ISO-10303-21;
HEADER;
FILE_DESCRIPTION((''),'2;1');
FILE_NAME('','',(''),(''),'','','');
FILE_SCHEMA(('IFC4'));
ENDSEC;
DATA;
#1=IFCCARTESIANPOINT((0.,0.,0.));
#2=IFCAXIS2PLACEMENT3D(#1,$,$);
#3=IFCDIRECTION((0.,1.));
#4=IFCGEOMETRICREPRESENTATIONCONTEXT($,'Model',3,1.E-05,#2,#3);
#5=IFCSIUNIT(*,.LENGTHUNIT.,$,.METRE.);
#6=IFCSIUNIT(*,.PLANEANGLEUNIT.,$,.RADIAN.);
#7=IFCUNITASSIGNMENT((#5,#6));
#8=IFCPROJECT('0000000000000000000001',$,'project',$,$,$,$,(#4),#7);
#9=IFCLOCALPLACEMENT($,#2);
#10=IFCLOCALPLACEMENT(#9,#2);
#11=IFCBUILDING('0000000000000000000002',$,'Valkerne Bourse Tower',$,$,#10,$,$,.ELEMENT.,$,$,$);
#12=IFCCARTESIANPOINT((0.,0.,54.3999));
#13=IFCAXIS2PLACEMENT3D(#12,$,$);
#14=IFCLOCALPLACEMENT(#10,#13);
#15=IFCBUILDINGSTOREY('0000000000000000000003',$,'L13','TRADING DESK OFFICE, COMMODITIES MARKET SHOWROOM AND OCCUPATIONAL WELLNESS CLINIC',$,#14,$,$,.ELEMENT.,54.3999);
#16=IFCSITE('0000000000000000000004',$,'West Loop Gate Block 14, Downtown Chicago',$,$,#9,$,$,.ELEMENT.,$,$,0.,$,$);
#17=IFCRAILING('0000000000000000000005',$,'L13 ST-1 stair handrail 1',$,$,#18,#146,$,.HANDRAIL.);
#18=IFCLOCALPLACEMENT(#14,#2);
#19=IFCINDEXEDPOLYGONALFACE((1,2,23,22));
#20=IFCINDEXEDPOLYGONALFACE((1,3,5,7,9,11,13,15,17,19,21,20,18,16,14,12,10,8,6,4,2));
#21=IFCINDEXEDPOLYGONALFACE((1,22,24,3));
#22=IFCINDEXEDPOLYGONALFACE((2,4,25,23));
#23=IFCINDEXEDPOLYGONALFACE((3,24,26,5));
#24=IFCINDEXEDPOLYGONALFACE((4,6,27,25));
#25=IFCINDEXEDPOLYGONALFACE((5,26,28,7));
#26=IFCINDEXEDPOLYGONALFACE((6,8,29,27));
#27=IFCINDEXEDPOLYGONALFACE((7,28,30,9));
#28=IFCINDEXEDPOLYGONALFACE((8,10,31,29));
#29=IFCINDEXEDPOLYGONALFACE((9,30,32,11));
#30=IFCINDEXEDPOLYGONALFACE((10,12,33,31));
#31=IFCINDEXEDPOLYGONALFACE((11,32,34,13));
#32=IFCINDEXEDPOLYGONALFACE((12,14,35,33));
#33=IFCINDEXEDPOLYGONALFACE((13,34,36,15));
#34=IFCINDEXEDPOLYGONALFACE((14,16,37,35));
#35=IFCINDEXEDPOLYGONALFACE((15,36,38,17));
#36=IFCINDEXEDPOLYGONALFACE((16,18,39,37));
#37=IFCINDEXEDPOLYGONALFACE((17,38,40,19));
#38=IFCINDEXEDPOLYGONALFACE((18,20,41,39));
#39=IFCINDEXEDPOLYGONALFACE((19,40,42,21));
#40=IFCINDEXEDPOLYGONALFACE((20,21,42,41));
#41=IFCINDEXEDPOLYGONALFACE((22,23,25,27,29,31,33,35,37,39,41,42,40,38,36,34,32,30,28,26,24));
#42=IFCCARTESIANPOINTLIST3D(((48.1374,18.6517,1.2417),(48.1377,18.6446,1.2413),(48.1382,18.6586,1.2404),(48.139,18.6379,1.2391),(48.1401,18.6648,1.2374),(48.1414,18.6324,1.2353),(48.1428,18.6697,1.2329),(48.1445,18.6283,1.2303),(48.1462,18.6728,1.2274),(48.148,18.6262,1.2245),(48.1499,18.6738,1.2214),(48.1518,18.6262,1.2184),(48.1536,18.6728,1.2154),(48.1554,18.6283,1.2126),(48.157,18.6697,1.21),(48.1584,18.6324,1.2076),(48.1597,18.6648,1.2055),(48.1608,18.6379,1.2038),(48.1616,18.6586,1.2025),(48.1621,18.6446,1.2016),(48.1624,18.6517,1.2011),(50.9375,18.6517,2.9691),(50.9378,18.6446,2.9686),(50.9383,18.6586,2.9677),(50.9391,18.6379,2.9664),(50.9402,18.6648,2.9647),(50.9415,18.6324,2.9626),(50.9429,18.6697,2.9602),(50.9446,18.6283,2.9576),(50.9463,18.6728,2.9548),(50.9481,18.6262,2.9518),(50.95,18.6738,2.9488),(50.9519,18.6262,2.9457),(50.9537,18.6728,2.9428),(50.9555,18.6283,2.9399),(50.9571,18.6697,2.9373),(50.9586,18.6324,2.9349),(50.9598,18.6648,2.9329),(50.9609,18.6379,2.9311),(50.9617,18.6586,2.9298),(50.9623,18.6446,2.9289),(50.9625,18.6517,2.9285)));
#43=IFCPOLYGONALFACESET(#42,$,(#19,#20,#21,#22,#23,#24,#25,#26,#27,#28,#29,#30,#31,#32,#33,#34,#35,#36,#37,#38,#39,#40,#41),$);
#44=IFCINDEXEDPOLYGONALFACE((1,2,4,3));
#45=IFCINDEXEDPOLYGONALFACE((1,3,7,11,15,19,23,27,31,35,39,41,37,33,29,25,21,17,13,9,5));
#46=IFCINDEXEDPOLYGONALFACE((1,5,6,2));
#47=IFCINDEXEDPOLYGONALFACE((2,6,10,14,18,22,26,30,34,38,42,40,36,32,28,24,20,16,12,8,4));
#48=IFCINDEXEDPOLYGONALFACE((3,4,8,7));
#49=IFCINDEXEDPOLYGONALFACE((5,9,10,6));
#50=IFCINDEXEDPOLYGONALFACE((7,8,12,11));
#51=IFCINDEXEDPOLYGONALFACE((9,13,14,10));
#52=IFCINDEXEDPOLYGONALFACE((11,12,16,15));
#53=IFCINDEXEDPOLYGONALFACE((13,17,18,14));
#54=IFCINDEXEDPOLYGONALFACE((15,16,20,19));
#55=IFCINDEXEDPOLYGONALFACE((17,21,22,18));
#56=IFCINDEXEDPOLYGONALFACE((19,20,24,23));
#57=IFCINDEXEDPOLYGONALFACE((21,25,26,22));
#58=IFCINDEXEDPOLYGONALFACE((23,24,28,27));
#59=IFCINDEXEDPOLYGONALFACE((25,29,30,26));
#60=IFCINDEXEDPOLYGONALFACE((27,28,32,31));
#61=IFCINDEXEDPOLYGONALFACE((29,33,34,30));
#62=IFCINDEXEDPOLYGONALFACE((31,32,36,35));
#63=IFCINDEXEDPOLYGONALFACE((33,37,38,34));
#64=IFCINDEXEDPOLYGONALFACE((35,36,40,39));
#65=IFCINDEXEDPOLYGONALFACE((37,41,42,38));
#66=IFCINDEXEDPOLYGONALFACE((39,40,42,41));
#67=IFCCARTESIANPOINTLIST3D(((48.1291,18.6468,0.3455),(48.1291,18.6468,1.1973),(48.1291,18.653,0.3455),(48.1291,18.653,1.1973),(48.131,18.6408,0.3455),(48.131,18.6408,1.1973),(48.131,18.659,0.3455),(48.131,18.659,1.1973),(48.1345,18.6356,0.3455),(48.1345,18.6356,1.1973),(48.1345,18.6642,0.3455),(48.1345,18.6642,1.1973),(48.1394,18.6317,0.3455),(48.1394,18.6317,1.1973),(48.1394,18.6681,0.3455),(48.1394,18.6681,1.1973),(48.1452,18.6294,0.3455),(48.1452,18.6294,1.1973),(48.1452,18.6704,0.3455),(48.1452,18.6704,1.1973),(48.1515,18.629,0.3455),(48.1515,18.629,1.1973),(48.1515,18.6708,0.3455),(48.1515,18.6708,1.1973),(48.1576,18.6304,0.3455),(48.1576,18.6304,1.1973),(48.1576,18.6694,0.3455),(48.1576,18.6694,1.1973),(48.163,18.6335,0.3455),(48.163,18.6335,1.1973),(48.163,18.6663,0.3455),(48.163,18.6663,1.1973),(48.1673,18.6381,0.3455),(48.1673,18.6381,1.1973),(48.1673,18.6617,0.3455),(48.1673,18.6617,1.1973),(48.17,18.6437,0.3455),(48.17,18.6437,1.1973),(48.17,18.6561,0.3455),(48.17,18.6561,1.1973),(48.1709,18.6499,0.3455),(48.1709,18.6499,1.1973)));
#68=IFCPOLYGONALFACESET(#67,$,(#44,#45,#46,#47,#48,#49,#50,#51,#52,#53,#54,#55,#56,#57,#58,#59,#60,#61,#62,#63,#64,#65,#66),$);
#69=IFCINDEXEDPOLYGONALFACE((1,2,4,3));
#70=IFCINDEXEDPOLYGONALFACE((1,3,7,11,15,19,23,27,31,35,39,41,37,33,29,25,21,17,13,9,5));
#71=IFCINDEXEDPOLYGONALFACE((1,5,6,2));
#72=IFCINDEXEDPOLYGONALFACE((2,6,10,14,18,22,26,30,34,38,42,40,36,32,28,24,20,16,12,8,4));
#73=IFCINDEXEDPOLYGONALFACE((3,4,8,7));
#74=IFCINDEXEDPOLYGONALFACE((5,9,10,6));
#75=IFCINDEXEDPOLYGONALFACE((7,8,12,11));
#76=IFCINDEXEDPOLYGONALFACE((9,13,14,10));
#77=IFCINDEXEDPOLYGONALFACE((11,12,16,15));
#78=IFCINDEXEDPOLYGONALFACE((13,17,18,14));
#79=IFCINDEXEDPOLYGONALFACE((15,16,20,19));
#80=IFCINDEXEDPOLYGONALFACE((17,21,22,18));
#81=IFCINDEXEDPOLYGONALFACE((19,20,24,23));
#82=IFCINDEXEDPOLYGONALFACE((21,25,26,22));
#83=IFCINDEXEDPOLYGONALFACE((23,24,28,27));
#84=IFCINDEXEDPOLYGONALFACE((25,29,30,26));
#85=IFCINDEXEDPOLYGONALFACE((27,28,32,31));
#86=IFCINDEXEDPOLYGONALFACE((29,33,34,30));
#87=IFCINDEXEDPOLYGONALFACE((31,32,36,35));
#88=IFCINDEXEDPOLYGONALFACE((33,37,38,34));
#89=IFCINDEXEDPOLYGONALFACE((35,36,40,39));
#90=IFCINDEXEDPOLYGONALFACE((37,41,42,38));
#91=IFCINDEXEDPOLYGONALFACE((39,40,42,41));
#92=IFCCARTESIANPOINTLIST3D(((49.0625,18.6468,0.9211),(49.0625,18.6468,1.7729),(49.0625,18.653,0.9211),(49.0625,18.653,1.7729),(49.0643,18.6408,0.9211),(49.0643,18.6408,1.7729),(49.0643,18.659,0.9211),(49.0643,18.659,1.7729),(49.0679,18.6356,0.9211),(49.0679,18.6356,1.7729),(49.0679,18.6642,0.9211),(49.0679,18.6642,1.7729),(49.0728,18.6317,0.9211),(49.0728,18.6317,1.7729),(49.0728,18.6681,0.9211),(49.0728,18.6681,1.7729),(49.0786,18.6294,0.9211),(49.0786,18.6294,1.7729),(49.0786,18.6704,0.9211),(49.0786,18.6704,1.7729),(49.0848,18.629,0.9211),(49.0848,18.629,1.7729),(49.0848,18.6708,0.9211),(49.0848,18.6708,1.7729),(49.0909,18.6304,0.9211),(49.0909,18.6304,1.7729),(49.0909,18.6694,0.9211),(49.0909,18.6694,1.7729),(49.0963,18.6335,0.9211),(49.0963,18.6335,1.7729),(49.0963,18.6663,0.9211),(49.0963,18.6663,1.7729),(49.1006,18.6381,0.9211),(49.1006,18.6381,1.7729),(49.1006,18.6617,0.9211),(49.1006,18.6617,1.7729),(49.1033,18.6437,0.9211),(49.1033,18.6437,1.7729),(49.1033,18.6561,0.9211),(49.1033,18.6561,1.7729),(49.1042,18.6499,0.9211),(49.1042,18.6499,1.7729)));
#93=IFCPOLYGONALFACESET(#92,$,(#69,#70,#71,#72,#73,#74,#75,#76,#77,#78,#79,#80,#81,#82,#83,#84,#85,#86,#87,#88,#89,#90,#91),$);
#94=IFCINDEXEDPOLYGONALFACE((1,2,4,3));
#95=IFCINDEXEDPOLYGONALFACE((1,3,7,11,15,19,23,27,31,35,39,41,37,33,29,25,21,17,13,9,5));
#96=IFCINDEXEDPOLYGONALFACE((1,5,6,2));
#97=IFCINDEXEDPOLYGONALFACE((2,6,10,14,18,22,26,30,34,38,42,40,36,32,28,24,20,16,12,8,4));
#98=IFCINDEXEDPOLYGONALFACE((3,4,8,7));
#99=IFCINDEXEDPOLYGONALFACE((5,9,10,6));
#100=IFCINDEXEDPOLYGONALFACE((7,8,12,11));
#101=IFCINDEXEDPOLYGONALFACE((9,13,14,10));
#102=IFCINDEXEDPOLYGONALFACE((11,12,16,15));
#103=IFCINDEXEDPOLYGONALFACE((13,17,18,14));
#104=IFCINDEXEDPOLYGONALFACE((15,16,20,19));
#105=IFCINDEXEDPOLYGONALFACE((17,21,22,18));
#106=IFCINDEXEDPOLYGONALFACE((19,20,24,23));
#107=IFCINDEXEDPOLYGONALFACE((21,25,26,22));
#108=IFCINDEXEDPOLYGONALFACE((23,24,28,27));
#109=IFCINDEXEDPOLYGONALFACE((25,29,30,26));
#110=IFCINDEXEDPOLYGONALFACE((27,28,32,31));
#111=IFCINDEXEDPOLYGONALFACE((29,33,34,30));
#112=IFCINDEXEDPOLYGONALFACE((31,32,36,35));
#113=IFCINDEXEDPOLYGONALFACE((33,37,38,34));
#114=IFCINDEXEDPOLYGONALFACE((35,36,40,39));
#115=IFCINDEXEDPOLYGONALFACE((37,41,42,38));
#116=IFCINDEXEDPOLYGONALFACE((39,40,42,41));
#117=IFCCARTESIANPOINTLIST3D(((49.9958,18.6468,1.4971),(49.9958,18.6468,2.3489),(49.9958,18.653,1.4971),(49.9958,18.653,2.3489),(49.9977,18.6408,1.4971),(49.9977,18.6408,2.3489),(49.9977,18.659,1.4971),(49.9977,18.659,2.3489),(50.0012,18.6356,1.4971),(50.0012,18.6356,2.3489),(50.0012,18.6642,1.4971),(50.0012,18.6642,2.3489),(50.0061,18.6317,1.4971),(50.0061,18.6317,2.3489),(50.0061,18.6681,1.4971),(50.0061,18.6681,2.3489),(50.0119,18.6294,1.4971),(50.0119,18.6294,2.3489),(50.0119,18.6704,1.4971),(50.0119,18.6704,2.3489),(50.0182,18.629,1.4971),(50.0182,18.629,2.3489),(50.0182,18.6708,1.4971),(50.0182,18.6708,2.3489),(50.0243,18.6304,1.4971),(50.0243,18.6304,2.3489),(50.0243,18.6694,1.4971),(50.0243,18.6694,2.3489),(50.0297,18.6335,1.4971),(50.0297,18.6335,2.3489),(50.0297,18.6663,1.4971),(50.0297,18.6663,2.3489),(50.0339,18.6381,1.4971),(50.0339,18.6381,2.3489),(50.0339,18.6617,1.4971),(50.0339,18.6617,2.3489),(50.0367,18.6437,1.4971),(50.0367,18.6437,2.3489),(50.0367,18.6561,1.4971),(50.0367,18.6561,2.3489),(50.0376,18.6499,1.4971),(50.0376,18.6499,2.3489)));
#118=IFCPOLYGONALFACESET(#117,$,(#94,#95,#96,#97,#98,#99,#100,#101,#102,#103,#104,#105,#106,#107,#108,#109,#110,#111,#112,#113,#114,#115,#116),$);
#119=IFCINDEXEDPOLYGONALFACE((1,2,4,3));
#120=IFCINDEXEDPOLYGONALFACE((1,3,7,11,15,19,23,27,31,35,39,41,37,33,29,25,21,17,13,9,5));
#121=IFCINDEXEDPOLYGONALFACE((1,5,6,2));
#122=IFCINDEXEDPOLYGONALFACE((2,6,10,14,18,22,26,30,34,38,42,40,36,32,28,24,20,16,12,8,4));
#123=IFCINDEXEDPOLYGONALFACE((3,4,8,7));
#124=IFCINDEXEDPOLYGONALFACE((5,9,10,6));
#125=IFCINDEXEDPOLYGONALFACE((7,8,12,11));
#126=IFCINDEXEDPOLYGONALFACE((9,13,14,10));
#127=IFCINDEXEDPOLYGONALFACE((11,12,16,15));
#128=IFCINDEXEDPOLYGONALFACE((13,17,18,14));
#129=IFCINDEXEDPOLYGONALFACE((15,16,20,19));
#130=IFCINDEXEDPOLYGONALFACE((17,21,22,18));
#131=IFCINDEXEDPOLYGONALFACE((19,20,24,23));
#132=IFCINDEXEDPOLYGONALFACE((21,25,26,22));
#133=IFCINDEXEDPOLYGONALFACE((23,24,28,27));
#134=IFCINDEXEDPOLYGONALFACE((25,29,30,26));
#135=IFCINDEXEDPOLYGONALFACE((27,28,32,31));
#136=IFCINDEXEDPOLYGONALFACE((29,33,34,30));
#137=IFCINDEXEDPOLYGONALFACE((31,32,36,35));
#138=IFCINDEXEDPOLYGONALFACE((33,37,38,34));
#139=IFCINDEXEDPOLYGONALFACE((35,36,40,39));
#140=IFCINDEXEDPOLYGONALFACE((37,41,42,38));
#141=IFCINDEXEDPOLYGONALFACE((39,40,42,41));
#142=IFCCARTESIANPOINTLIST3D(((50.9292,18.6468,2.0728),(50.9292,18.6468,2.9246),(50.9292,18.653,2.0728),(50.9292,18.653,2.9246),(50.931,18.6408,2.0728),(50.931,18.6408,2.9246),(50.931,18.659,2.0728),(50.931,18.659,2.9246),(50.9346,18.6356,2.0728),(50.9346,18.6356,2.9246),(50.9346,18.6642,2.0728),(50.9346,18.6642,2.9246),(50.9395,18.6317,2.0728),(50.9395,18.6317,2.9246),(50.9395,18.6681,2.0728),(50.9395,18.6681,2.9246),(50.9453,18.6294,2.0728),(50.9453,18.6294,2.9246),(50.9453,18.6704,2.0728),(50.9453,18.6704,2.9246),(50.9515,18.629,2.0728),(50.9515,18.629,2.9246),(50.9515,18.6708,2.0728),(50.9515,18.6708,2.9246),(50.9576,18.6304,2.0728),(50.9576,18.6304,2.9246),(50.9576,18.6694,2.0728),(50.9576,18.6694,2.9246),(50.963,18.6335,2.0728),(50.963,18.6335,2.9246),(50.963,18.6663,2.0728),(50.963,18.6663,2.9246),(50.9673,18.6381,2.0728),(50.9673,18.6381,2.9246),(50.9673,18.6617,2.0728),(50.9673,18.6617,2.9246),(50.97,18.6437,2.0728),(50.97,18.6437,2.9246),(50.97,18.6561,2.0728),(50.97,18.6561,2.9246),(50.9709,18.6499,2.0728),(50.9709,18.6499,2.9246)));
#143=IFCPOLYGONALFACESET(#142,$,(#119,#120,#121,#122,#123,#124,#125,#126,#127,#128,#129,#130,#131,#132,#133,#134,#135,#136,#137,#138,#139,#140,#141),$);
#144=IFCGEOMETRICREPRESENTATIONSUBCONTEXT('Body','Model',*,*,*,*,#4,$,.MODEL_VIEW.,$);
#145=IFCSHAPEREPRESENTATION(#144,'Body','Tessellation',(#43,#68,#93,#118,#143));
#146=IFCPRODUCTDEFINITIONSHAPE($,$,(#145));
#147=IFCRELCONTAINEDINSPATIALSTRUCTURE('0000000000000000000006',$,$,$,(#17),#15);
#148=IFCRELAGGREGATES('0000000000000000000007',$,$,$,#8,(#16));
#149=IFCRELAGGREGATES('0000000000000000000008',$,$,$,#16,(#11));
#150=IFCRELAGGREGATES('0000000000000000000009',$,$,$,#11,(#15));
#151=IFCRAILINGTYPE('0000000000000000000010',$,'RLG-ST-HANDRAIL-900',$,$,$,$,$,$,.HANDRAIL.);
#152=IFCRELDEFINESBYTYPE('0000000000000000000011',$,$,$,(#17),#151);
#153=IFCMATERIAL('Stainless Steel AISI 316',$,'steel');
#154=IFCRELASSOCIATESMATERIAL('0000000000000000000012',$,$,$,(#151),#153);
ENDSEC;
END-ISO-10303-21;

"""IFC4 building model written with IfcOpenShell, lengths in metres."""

from ifc_helpers import new_model, si_unit, direction, frame, origin, origin_2d, place, context, subcontext, project, spatial, circle, extrude, material, type_object, element, save


model = new_model("IFC4")

# Units and contexts
model_context = context("Model", 3, precision=1e-05, world=origin(), true_north=direction((0.0, 1.0)))
body_context = subcontext(model_context, "Body", "Model", "MODEL_VIEW")
ifc_project = project(units=[si_unit("LENGTHUNIT", "METRE"), si_unit("PLANEANGLEUNIT", "RADIAN")], contexts=[model_context])

# Site, building, storey
site_placement = place(None, origin())
site = spatial("IfcSite", under=ifc_project, at=site_placement, Name="West Loop Gate Block 14, Downtown Chicago", CompositionType="ELEMENT", RefElevation=0.0)
building_placement = place(site_placement, origin())
building = spatial("IfcBuilding", under=site, at=building_placement, Name="Valkerne Bourse Tower", CompositionType="ELEMENT")
storey_placement = place(building_placement, frame((0.0, 0.0, 54.3999)))
storey = spatial("IfcBuildingStorey", under=building, at=storey_placement, Name="L13", Description="TRADING DESK OFFICE, COMMODITIES MARKET SHOWROOM AND OCCUPATIONAL WELLNESS CLINIC", CompositionType="ELEMENT", Elevation=54.3999)

# Shared definitions
ifc_material_1 = material(Name="Stainless Steel AISI 316", Category="steel")

# Railing
railing_type_1 = type_object("IfcRailingType", Name="RLG-ST-HANDRAIL-900", PredefinedType="HANDRAIL", material=ifc_material_1)
railing_1_placement = place(storey_placement, frame((48.1499, 18.6499, 0.3455)))
element("IfcRailing", 1, at=railing_1_placement, inside=storey, type_object=railing_type_1, Name="L13 ST-1 stair handrail 1", PredefinedType="HANDRAIL", context=body_context, shape_type="SweptSolid", body=[
    extrude(circle(Radius=0.0239, at=origin_2d()), frame((0.0, 0.0, 0.876), z_axis=(0.85109, 0.0, 0.52502), x_axis=(0.0, 1.0, 0.0)), (0.0, 0.0, 1.0), 3.29),
    extrude(circle(Radius=0.021, at=origin_2d()), origin(), (0.0, 0.0, 1.0), 0.8518),
    extrude(circle(Radius=0.021, at=origin_2d()), frame((0.9333, 0.0, 0.5757)), (0.0, 0.0, 1.0), 0.8518),
    extrude(circle(Radius=0.021, at=origin_2d()), frame((1.8667, 0.0, 1.1516)), (0.0, 0.0, 1.0), 0.8518),
    extrude(circle(Radius=0.021, at=origin_2d()), frame((2.8, 0.0, 1.7273)), (0.0, 0.0, 1.0), 0.8518),
])

save(model, "model.ifc")
